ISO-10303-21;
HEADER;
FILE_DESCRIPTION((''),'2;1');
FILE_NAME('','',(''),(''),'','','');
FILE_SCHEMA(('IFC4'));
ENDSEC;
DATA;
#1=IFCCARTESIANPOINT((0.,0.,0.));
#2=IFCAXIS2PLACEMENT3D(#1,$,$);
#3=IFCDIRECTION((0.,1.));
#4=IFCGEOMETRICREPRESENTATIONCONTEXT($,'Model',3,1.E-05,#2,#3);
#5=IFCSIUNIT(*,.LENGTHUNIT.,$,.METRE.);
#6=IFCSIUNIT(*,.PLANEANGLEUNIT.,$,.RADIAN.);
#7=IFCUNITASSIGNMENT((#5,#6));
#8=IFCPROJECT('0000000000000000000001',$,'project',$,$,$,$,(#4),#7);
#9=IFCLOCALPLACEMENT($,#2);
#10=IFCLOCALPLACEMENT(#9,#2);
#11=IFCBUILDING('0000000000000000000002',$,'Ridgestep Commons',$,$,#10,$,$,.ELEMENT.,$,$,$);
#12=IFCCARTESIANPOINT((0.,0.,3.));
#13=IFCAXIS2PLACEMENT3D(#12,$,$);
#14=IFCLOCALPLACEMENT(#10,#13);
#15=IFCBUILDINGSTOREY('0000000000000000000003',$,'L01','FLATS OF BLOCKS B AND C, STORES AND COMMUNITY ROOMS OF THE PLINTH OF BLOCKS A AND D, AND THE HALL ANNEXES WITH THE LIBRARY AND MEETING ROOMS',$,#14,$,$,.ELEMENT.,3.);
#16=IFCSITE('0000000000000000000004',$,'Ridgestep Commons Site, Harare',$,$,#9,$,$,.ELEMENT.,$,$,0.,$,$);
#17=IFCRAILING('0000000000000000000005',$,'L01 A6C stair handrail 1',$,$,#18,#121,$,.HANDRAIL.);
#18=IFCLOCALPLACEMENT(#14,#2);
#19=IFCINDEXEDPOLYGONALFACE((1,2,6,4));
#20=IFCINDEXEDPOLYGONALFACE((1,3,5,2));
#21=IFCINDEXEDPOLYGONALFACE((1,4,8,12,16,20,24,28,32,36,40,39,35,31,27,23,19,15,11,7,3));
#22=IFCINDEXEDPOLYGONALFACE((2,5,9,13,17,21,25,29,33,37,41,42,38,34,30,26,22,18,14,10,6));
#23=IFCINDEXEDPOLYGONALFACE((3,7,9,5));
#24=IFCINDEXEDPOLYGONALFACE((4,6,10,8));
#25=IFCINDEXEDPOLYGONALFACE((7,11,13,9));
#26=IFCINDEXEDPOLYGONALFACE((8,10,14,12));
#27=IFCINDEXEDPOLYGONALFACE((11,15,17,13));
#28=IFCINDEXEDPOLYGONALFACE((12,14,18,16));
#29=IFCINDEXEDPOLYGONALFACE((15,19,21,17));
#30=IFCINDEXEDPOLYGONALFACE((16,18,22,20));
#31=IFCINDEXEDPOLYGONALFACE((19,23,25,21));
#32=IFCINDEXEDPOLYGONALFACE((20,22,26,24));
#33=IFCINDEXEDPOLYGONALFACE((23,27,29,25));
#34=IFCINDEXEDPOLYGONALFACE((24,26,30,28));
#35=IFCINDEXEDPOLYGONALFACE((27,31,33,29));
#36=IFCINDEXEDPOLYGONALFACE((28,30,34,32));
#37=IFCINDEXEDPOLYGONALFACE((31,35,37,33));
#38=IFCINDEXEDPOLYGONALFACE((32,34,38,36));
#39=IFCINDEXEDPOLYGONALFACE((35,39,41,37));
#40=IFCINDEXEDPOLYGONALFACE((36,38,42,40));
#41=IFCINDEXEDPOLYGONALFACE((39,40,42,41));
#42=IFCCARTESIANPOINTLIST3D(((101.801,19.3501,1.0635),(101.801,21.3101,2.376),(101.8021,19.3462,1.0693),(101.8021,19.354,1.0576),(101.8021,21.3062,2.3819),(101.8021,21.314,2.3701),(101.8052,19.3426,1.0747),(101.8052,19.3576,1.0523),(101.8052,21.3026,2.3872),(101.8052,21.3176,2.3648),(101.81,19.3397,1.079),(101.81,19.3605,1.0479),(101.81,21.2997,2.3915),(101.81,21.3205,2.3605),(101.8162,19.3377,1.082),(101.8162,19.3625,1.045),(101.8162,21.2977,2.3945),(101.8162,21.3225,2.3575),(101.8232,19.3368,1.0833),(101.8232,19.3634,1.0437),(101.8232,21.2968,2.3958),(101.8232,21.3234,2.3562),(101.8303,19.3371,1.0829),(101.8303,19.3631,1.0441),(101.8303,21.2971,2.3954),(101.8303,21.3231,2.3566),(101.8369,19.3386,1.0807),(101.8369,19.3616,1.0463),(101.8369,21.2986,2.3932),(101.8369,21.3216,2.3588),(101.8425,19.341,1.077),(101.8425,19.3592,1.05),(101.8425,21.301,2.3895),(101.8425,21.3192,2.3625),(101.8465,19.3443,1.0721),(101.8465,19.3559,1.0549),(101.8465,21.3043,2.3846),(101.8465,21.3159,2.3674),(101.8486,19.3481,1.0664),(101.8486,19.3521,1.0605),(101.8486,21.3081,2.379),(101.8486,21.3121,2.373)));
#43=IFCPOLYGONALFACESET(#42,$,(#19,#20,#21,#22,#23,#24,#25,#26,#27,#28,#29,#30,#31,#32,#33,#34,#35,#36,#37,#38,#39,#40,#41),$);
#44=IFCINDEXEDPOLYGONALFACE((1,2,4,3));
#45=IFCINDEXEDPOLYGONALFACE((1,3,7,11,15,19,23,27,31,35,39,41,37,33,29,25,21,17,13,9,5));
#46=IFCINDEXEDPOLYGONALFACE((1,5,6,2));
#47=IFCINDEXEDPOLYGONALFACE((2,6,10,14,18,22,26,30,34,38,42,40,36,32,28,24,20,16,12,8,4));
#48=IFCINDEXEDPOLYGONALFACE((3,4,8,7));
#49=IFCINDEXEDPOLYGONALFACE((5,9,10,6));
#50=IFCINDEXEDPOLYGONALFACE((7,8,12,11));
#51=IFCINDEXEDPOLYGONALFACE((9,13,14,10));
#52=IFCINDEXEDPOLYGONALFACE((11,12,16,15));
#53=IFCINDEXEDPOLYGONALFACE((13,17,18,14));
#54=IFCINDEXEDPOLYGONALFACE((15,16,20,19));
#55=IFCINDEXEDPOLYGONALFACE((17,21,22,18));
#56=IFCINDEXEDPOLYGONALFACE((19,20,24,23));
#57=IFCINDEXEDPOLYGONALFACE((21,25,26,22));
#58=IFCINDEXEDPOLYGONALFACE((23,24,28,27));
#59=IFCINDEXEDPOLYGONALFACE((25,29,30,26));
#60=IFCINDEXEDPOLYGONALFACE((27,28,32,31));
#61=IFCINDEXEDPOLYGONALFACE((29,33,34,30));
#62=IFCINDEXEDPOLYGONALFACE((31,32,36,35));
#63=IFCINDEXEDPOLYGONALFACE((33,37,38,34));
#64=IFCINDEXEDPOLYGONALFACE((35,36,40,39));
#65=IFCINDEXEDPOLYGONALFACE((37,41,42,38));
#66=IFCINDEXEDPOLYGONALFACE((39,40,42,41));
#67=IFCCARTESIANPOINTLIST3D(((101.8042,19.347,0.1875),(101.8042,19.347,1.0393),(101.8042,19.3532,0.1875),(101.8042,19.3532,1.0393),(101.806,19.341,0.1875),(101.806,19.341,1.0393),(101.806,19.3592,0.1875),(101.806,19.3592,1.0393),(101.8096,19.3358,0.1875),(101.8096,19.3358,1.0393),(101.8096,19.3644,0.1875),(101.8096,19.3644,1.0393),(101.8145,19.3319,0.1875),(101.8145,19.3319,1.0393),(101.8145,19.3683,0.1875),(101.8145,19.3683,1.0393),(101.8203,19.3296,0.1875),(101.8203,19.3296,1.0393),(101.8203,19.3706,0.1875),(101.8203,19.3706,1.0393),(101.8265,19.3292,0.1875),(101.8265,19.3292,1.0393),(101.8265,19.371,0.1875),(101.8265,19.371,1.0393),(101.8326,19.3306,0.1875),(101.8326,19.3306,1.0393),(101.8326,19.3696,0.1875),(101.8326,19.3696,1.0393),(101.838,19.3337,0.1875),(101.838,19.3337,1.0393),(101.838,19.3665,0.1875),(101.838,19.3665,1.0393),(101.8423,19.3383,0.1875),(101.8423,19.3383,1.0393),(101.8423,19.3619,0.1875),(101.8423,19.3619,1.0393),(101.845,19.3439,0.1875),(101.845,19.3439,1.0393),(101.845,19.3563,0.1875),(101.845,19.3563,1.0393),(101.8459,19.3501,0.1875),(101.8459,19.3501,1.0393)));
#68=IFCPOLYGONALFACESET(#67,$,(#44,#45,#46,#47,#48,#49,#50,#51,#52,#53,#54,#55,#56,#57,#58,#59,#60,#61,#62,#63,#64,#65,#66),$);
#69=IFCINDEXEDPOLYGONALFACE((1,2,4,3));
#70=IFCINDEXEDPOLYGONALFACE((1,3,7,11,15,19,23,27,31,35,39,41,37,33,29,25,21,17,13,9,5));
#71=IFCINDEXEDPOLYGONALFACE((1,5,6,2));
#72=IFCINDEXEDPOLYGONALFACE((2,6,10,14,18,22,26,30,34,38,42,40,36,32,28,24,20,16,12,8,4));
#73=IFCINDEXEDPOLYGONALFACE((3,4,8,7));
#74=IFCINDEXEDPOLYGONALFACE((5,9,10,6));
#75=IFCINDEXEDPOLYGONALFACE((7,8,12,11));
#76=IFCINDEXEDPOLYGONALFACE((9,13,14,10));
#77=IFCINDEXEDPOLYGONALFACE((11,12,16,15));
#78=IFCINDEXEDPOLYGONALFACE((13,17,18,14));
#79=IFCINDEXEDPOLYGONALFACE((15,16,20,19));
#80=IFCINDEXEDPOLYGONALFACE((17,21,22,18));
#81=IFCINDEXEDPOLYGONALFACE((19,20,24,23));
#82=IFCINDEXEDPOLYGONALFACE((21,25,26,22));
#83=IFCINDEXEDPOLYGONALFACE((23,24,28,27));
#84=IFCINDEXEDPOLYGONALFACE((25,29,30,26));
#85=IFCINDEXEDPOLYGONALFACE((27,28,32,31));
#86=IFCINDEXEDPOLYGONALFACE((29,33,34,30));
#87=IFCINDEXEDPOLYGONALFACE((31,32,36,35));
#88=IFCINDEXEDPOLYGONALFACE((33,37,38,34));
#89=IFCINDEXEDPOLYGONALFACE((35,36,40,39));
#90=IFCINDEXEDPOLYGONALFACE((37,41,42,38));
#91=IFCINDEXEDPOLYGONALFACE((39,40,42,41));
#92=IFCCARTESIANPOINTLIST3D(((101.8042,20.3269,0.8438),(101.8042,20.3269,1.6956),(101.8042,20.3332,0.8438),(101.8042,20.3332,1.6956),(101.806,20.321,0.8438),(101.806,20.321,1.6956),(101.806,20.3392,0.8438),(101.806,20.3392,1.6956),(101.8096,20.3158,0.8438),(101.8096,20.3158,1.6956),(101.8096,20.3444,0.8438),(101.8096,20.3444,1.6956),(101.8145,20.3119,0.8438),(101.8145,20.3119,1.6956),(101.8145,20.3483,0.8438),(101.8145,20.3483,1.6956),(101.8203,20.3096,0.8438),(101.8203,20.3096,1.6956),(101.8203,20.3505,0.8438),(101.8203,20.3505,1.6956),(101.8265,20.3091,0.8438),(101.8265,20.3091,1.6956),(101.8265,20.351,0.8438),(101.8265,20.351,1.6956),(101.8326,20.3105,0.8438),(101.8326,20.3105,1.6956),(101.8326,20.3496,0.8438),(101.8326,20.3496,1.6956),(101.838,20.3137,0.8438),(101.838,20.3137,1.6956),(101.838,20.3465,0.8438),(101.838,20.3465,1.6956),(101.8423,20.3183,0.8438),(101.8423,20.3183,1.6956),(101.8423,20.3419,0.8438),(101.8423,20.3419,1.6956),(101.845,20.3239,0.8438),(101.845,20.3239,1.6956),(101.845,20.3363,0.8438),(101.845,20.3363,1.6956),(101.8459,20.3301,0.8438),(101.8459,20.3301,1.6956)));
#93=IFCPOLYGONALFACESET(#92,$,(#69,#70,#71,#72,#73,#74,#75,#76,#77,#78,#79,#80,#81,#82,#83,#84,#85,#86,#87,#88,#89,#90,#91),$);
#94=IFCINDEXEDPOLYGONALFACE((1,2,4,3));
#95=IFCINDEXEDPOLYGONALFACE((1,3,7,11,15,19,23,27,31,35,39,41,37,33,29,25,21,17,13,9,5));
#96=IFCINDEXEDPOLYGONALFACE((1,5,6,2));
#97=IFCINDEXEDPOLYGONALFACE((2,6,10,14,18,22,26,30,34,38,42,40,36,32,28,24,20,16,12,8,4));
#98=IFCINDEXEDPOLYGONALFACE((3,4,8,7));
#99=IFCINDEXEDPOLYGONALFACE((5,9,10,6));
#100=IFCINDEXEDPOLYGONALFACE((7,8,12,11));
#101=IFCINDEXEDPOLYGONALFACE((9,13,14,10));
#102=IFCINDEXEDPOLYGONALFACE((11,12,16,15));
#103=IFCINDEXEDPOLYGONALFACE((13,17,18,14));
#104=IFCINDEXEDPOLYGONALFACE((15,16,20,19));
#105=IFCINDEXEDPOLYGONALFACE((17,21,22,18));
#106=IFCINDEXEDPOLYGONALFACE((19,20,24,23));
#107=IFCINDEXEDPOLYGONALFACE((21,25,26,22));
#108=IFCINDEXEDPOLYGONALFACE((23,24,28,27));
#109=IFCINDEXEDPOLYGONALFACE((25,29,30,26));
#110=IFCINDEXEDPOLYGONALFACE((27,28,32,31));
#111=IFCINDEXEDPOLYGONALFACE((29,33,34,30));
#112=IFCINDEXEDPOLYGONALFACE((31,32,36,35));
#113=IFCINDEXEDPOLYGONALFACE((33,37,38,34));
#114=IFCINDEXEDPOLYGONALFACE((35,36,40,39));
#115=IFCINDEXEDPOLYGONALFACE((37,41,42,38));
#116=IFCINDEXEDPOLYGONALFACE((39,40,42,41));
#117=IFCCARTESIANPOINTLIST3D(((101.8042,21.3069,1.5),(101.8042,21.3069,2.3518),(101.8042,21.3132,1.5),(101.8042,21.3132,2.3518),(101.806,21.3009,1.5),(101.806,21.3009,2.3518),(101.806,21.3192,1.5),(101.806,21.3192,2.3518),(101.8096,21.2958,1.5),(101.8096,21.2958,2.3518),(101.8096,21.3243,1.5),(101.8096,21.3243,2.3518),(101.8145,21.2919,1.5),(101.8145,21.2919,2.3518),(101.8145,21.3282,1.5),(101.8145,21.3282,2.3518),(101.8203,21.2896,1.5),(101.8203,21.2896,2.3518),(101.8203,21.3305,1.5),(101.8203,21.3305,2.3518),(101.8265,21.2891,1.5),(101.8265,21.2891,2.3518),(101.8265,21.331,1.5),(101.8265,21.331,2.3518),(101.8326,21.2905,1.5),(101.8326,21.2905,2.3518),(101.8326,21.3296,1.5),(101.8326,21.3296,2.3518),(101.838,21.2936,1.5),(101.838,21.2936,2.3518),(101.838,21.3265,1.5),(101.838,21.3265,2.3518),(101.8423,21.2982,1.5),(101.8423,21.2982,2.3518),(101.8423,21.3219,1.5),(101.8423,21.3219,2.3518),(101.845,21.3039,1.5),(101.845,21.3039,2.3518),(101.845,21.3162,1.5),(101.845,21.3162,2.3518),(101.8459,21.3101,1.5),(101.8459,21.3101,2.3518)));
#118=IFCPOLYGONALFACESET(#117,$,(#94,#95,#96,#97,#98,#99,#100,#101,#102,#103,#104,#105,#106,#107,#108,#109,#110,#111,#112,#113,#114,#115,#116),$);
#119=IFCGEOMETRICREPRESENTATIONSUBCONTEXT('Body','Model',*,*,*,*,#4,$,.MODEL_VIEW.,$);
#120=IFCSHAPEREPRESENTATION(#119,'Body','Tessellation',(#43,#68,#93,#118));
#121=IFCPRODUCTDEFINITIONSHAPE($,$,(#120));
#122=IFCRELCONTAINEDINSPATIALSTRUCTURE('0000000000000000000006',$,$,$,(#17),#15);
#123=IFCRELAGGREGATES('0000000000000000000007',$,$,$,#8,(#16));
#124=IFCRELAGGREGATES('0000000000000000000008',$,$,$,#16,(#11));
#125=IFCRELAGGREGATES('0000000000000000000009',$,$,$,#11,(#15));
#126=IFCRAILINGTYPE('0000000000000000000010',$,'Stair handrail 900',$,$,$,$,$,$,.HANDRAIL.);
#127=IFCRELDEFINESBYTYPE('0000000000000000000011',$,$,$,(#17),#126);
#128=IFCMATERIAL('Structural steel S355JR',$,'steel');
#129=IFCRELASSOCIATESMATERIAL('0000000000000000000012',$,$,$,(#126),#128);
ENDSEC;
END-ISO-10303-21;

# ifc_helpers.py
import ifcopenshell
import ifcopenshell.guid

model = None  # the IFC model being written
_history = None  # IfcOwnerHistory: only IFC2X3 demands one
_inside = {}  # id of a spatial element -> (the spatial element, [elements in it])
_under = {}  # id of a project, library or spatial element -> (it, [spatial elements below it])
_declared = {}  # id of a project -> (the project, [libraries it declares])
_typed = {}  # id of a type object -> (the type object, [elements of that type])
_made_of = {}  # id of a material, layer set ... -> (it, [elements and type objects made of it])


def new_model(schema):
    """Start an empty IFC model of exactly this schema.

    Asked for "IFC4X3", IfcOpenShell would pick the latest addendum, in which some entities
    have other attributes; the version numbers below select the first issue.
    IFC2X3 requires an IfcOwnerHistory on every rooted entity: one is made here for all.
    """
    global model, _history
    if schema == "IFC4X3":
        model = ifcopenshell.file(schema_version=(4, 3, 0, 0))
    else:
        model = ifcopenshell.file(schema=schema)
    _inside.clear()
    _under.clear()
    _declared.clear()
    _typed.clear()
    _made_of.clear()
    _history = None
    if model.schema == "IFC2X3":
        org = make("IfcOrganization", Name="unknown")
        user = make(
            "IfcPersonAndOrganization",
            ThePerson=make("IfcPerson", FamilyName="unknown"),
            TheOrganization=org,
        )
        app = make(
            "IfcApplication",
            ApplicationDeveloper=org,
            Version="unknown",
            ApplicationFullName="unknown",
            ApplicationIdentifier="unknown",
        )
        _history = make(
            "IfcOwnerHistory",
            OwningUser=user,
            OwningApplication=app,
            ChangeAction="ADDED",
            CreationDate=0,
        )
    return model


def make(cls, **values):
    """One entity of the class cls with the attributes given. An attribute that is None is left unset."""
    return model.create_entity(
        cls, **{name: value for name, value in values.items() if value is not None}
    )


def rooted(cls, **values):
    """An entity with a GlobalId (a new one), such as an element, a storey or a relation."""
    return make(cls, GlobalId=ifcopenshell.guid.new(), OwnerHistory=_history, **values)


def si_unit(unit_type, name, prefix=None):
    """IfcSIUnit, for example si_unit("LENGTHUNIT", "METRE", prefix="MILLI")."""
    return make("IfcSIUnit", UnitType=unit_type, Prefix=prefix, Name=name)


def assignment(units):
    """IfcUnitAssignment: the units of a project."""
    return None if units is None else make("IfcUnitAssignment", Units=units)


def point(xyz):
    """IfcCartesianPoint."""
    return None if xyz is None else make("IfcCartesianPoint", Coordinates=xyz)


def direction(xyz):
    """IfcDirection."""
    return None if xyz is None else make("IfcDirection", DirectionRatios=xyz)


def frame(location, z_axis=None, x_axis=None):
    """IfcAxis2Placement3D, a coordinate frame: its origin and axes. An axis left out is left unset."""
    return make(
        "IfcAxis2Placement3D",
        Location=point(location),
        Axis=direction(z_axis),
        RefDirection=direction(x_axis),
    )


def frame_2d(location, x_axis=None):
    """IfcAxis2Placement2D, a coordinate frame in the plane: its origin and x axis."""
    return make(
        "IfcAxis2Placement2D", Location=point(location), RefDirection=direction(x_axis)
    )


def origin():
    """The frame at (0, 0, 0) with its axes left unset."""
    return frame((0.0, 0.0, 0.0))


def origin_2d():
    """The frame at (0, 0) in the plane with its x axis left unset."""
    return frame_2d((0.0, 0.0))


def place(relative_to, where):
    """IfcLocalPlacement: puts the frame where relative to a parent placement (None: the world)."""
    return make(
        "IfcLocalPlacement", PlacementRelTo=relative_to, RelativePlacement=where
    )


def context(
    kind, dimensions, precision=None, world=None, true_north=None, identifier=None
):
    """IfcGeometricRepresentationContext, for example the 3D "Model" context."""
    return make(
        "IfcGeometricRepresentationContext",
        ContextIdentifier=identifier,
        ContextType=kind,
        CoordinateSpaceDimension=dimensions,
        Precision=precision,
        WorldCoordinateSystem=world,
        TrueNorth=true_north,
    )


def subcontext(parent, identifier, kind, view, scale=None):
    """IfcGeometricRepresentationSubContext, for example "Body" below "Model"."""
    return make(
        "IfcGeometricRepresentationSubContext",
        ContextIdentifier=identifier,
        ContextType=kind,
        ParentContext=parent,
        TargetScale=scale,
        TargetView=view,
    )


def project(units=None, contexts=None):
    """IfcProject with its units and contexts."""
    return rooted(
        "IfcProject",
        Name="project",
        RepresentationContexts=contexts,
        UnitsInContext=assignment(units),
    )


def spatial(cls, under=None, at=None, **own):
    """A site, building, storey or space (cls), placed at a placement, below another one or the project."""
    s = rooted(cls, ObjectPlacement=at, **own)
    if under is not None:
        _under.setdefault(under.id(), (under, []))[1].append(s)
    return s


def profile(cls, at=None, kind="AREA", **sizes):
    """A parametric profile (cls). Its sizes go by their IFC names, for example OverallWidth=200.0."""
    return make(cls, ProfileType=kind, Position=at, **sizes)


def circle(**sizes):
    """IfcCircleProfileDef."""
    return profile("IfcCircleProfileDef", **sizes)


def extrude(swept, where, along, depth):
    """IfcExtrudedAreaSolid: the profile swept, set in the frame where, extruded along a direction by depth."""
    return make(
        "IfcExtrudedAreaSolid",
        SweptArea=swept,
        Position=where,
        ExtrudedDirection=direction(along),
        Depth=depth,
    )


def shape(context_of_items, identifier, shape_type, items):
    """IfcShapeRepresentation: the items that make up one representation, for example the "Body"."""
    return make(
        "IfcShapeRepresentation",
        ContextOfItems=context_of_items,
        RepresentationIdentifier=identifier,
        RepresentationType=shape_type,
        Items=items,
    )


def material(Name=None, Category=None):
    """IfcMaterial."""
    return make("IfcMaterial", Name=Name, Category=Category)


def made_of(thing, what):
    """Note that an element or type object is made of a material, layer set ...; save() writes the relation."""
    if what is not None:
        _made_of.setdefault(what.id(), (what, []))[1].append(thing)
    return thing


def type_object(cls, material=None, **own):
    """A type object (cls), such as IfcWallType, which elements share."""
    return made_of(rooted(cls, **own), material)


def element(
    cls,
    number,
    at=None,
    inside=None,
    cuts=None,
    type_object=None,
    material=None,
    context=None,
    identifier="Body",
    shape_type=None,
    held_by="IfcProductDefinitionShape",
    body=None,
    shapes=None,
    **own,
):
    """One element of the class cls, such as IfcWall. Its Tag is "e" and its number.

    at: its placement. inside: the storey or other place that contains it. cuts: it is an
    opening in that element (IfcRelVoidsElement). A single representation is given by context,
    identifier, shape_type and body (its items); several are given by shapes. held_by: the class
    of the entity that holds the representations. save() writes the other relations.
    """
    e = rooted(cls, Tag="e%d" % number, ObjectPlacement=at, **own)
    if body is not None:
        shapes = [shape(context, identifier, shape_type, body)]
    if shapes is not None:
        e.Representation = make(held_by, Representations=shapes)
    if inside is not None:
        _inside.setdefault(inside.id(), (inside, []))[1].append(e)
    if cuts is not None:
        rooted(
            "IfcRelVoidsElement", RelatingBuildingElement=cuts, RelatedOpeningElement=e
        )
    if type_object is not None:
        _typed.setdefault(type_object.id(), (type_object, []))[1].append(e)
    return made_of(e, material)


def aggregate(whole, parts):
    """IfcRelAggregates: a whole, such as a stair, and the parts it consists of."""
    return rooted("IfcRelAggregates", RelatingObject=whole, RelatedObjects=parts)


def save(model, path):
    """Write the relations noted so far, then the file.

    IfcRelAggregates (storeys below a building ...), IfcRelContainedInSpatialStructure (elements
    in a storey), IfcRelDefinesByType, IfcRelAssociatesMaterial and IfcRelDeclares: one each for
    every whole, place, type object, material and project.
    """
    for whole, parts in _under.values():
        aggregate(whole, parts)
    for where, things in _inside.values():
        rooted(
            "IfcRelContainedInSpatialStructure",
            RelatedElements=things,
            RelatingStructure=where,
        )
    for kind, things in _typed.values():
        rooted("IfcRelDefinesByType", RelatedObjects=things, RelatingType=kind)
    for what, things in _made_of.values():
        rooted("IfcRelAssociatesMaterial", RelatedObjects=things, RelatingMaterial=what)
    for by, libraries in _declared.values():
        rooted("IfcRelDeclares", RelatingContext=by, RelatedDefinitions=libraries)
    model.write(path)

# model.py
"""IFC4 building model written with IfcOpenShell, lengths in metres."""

from ifc_helpers import new_model, si_unit, direction, frame, origin, origin_2d, place, context, subcontext, project, spatial, circle, extrude, material, type_object, element, save


model = new_model("IFC4")

# Units and contexts
model_context = context("Model", 3, precision=1e-05, world=origin(), true_north=direction((0.0, 1.0)))
body_context = subcontext(model_context, "Body", "Model", "MODEL_VIEW")
ifc_project = project(units=[si_unit("LENGTHUNIT", "METRE"), si_unit("PLANEANGLEUNIT", "RADIAN")], contexts=[model_context])

# Site, building, storey
site_placement = place(None, origin())
site = spatial("IfcSite", under=ifc_project, at=site_placement, Name="Ridgestep Commons Site, Harare", CompositionType="ELEMENT", RefElevation=0.0)
building_placement = place(site_placement, origin())
building = spatial("IfcBuilding", under=site, at=building_placement, Name="Ridgestep Commons", CompositionType="ELEMENT")
storey_placement = place(building_placement, frame((0.0, 0.0, 3.0)))
storey = spatial("IfcBuildingStorey", under=building, at=storey_placement, Name="L01", Description="FLATS OF BLOCKS B AND C, STORES AND COMMUNITY ROOMS OF THE PLINTH OF BLOCKS A AND D, AND THE HALL ANNEXES WITH THE LIBRARY AND MEETING ROOMS", CompositionType="ELEMENT", Elevation=3.0)

# Railing
ifc_material_1 = material(Name="Structural steel S355JR", Category="steel")
railing_type_1 = type_object("IfcRailingType", Name="Stair handrail 900", PredefinedType="HANDRAIL", material=ifc_material_1)
railing_1_placement = place(storey_placement, frame((101.825, 19.3501, 0.1875)))
element("IfcRailing", 1, at=railing_1_placement, inside=storey, type_object=railing_type_1, Name="L01 A6C stair handrail 1", PredefinedType="HANDRAIL", context=body_context, shape_type="SweptSolid", body=[
    extrude(circle(Radius=0.0239, at=origin_2d()), frame((0.0, 0.0, 0.876), z_axis=(0.0, 0.830902, 0.556419), x_axis=(-1.0, 0.0, 0.0)), (0.0, 0.0, 1.0), 2.3589),
    extrude(circle(Radius=0.021, at=origin_2d()), origin(), (0.0, 0.0, 1.0), 0.8518),
    extrude(circle(Radius=0.021, at=origin_2d()), frame((0.0, 0.98, 0.6562)), (0.0, 0.0, 1.0), 0.8518),
    extrude(circle(Radius=0.021, at=origin_2d()), frame((0.0, 1.96, 1.3125)), (0.0, 0.0, 1.0), 0.8518),
])

save(model, "model.ifc")
